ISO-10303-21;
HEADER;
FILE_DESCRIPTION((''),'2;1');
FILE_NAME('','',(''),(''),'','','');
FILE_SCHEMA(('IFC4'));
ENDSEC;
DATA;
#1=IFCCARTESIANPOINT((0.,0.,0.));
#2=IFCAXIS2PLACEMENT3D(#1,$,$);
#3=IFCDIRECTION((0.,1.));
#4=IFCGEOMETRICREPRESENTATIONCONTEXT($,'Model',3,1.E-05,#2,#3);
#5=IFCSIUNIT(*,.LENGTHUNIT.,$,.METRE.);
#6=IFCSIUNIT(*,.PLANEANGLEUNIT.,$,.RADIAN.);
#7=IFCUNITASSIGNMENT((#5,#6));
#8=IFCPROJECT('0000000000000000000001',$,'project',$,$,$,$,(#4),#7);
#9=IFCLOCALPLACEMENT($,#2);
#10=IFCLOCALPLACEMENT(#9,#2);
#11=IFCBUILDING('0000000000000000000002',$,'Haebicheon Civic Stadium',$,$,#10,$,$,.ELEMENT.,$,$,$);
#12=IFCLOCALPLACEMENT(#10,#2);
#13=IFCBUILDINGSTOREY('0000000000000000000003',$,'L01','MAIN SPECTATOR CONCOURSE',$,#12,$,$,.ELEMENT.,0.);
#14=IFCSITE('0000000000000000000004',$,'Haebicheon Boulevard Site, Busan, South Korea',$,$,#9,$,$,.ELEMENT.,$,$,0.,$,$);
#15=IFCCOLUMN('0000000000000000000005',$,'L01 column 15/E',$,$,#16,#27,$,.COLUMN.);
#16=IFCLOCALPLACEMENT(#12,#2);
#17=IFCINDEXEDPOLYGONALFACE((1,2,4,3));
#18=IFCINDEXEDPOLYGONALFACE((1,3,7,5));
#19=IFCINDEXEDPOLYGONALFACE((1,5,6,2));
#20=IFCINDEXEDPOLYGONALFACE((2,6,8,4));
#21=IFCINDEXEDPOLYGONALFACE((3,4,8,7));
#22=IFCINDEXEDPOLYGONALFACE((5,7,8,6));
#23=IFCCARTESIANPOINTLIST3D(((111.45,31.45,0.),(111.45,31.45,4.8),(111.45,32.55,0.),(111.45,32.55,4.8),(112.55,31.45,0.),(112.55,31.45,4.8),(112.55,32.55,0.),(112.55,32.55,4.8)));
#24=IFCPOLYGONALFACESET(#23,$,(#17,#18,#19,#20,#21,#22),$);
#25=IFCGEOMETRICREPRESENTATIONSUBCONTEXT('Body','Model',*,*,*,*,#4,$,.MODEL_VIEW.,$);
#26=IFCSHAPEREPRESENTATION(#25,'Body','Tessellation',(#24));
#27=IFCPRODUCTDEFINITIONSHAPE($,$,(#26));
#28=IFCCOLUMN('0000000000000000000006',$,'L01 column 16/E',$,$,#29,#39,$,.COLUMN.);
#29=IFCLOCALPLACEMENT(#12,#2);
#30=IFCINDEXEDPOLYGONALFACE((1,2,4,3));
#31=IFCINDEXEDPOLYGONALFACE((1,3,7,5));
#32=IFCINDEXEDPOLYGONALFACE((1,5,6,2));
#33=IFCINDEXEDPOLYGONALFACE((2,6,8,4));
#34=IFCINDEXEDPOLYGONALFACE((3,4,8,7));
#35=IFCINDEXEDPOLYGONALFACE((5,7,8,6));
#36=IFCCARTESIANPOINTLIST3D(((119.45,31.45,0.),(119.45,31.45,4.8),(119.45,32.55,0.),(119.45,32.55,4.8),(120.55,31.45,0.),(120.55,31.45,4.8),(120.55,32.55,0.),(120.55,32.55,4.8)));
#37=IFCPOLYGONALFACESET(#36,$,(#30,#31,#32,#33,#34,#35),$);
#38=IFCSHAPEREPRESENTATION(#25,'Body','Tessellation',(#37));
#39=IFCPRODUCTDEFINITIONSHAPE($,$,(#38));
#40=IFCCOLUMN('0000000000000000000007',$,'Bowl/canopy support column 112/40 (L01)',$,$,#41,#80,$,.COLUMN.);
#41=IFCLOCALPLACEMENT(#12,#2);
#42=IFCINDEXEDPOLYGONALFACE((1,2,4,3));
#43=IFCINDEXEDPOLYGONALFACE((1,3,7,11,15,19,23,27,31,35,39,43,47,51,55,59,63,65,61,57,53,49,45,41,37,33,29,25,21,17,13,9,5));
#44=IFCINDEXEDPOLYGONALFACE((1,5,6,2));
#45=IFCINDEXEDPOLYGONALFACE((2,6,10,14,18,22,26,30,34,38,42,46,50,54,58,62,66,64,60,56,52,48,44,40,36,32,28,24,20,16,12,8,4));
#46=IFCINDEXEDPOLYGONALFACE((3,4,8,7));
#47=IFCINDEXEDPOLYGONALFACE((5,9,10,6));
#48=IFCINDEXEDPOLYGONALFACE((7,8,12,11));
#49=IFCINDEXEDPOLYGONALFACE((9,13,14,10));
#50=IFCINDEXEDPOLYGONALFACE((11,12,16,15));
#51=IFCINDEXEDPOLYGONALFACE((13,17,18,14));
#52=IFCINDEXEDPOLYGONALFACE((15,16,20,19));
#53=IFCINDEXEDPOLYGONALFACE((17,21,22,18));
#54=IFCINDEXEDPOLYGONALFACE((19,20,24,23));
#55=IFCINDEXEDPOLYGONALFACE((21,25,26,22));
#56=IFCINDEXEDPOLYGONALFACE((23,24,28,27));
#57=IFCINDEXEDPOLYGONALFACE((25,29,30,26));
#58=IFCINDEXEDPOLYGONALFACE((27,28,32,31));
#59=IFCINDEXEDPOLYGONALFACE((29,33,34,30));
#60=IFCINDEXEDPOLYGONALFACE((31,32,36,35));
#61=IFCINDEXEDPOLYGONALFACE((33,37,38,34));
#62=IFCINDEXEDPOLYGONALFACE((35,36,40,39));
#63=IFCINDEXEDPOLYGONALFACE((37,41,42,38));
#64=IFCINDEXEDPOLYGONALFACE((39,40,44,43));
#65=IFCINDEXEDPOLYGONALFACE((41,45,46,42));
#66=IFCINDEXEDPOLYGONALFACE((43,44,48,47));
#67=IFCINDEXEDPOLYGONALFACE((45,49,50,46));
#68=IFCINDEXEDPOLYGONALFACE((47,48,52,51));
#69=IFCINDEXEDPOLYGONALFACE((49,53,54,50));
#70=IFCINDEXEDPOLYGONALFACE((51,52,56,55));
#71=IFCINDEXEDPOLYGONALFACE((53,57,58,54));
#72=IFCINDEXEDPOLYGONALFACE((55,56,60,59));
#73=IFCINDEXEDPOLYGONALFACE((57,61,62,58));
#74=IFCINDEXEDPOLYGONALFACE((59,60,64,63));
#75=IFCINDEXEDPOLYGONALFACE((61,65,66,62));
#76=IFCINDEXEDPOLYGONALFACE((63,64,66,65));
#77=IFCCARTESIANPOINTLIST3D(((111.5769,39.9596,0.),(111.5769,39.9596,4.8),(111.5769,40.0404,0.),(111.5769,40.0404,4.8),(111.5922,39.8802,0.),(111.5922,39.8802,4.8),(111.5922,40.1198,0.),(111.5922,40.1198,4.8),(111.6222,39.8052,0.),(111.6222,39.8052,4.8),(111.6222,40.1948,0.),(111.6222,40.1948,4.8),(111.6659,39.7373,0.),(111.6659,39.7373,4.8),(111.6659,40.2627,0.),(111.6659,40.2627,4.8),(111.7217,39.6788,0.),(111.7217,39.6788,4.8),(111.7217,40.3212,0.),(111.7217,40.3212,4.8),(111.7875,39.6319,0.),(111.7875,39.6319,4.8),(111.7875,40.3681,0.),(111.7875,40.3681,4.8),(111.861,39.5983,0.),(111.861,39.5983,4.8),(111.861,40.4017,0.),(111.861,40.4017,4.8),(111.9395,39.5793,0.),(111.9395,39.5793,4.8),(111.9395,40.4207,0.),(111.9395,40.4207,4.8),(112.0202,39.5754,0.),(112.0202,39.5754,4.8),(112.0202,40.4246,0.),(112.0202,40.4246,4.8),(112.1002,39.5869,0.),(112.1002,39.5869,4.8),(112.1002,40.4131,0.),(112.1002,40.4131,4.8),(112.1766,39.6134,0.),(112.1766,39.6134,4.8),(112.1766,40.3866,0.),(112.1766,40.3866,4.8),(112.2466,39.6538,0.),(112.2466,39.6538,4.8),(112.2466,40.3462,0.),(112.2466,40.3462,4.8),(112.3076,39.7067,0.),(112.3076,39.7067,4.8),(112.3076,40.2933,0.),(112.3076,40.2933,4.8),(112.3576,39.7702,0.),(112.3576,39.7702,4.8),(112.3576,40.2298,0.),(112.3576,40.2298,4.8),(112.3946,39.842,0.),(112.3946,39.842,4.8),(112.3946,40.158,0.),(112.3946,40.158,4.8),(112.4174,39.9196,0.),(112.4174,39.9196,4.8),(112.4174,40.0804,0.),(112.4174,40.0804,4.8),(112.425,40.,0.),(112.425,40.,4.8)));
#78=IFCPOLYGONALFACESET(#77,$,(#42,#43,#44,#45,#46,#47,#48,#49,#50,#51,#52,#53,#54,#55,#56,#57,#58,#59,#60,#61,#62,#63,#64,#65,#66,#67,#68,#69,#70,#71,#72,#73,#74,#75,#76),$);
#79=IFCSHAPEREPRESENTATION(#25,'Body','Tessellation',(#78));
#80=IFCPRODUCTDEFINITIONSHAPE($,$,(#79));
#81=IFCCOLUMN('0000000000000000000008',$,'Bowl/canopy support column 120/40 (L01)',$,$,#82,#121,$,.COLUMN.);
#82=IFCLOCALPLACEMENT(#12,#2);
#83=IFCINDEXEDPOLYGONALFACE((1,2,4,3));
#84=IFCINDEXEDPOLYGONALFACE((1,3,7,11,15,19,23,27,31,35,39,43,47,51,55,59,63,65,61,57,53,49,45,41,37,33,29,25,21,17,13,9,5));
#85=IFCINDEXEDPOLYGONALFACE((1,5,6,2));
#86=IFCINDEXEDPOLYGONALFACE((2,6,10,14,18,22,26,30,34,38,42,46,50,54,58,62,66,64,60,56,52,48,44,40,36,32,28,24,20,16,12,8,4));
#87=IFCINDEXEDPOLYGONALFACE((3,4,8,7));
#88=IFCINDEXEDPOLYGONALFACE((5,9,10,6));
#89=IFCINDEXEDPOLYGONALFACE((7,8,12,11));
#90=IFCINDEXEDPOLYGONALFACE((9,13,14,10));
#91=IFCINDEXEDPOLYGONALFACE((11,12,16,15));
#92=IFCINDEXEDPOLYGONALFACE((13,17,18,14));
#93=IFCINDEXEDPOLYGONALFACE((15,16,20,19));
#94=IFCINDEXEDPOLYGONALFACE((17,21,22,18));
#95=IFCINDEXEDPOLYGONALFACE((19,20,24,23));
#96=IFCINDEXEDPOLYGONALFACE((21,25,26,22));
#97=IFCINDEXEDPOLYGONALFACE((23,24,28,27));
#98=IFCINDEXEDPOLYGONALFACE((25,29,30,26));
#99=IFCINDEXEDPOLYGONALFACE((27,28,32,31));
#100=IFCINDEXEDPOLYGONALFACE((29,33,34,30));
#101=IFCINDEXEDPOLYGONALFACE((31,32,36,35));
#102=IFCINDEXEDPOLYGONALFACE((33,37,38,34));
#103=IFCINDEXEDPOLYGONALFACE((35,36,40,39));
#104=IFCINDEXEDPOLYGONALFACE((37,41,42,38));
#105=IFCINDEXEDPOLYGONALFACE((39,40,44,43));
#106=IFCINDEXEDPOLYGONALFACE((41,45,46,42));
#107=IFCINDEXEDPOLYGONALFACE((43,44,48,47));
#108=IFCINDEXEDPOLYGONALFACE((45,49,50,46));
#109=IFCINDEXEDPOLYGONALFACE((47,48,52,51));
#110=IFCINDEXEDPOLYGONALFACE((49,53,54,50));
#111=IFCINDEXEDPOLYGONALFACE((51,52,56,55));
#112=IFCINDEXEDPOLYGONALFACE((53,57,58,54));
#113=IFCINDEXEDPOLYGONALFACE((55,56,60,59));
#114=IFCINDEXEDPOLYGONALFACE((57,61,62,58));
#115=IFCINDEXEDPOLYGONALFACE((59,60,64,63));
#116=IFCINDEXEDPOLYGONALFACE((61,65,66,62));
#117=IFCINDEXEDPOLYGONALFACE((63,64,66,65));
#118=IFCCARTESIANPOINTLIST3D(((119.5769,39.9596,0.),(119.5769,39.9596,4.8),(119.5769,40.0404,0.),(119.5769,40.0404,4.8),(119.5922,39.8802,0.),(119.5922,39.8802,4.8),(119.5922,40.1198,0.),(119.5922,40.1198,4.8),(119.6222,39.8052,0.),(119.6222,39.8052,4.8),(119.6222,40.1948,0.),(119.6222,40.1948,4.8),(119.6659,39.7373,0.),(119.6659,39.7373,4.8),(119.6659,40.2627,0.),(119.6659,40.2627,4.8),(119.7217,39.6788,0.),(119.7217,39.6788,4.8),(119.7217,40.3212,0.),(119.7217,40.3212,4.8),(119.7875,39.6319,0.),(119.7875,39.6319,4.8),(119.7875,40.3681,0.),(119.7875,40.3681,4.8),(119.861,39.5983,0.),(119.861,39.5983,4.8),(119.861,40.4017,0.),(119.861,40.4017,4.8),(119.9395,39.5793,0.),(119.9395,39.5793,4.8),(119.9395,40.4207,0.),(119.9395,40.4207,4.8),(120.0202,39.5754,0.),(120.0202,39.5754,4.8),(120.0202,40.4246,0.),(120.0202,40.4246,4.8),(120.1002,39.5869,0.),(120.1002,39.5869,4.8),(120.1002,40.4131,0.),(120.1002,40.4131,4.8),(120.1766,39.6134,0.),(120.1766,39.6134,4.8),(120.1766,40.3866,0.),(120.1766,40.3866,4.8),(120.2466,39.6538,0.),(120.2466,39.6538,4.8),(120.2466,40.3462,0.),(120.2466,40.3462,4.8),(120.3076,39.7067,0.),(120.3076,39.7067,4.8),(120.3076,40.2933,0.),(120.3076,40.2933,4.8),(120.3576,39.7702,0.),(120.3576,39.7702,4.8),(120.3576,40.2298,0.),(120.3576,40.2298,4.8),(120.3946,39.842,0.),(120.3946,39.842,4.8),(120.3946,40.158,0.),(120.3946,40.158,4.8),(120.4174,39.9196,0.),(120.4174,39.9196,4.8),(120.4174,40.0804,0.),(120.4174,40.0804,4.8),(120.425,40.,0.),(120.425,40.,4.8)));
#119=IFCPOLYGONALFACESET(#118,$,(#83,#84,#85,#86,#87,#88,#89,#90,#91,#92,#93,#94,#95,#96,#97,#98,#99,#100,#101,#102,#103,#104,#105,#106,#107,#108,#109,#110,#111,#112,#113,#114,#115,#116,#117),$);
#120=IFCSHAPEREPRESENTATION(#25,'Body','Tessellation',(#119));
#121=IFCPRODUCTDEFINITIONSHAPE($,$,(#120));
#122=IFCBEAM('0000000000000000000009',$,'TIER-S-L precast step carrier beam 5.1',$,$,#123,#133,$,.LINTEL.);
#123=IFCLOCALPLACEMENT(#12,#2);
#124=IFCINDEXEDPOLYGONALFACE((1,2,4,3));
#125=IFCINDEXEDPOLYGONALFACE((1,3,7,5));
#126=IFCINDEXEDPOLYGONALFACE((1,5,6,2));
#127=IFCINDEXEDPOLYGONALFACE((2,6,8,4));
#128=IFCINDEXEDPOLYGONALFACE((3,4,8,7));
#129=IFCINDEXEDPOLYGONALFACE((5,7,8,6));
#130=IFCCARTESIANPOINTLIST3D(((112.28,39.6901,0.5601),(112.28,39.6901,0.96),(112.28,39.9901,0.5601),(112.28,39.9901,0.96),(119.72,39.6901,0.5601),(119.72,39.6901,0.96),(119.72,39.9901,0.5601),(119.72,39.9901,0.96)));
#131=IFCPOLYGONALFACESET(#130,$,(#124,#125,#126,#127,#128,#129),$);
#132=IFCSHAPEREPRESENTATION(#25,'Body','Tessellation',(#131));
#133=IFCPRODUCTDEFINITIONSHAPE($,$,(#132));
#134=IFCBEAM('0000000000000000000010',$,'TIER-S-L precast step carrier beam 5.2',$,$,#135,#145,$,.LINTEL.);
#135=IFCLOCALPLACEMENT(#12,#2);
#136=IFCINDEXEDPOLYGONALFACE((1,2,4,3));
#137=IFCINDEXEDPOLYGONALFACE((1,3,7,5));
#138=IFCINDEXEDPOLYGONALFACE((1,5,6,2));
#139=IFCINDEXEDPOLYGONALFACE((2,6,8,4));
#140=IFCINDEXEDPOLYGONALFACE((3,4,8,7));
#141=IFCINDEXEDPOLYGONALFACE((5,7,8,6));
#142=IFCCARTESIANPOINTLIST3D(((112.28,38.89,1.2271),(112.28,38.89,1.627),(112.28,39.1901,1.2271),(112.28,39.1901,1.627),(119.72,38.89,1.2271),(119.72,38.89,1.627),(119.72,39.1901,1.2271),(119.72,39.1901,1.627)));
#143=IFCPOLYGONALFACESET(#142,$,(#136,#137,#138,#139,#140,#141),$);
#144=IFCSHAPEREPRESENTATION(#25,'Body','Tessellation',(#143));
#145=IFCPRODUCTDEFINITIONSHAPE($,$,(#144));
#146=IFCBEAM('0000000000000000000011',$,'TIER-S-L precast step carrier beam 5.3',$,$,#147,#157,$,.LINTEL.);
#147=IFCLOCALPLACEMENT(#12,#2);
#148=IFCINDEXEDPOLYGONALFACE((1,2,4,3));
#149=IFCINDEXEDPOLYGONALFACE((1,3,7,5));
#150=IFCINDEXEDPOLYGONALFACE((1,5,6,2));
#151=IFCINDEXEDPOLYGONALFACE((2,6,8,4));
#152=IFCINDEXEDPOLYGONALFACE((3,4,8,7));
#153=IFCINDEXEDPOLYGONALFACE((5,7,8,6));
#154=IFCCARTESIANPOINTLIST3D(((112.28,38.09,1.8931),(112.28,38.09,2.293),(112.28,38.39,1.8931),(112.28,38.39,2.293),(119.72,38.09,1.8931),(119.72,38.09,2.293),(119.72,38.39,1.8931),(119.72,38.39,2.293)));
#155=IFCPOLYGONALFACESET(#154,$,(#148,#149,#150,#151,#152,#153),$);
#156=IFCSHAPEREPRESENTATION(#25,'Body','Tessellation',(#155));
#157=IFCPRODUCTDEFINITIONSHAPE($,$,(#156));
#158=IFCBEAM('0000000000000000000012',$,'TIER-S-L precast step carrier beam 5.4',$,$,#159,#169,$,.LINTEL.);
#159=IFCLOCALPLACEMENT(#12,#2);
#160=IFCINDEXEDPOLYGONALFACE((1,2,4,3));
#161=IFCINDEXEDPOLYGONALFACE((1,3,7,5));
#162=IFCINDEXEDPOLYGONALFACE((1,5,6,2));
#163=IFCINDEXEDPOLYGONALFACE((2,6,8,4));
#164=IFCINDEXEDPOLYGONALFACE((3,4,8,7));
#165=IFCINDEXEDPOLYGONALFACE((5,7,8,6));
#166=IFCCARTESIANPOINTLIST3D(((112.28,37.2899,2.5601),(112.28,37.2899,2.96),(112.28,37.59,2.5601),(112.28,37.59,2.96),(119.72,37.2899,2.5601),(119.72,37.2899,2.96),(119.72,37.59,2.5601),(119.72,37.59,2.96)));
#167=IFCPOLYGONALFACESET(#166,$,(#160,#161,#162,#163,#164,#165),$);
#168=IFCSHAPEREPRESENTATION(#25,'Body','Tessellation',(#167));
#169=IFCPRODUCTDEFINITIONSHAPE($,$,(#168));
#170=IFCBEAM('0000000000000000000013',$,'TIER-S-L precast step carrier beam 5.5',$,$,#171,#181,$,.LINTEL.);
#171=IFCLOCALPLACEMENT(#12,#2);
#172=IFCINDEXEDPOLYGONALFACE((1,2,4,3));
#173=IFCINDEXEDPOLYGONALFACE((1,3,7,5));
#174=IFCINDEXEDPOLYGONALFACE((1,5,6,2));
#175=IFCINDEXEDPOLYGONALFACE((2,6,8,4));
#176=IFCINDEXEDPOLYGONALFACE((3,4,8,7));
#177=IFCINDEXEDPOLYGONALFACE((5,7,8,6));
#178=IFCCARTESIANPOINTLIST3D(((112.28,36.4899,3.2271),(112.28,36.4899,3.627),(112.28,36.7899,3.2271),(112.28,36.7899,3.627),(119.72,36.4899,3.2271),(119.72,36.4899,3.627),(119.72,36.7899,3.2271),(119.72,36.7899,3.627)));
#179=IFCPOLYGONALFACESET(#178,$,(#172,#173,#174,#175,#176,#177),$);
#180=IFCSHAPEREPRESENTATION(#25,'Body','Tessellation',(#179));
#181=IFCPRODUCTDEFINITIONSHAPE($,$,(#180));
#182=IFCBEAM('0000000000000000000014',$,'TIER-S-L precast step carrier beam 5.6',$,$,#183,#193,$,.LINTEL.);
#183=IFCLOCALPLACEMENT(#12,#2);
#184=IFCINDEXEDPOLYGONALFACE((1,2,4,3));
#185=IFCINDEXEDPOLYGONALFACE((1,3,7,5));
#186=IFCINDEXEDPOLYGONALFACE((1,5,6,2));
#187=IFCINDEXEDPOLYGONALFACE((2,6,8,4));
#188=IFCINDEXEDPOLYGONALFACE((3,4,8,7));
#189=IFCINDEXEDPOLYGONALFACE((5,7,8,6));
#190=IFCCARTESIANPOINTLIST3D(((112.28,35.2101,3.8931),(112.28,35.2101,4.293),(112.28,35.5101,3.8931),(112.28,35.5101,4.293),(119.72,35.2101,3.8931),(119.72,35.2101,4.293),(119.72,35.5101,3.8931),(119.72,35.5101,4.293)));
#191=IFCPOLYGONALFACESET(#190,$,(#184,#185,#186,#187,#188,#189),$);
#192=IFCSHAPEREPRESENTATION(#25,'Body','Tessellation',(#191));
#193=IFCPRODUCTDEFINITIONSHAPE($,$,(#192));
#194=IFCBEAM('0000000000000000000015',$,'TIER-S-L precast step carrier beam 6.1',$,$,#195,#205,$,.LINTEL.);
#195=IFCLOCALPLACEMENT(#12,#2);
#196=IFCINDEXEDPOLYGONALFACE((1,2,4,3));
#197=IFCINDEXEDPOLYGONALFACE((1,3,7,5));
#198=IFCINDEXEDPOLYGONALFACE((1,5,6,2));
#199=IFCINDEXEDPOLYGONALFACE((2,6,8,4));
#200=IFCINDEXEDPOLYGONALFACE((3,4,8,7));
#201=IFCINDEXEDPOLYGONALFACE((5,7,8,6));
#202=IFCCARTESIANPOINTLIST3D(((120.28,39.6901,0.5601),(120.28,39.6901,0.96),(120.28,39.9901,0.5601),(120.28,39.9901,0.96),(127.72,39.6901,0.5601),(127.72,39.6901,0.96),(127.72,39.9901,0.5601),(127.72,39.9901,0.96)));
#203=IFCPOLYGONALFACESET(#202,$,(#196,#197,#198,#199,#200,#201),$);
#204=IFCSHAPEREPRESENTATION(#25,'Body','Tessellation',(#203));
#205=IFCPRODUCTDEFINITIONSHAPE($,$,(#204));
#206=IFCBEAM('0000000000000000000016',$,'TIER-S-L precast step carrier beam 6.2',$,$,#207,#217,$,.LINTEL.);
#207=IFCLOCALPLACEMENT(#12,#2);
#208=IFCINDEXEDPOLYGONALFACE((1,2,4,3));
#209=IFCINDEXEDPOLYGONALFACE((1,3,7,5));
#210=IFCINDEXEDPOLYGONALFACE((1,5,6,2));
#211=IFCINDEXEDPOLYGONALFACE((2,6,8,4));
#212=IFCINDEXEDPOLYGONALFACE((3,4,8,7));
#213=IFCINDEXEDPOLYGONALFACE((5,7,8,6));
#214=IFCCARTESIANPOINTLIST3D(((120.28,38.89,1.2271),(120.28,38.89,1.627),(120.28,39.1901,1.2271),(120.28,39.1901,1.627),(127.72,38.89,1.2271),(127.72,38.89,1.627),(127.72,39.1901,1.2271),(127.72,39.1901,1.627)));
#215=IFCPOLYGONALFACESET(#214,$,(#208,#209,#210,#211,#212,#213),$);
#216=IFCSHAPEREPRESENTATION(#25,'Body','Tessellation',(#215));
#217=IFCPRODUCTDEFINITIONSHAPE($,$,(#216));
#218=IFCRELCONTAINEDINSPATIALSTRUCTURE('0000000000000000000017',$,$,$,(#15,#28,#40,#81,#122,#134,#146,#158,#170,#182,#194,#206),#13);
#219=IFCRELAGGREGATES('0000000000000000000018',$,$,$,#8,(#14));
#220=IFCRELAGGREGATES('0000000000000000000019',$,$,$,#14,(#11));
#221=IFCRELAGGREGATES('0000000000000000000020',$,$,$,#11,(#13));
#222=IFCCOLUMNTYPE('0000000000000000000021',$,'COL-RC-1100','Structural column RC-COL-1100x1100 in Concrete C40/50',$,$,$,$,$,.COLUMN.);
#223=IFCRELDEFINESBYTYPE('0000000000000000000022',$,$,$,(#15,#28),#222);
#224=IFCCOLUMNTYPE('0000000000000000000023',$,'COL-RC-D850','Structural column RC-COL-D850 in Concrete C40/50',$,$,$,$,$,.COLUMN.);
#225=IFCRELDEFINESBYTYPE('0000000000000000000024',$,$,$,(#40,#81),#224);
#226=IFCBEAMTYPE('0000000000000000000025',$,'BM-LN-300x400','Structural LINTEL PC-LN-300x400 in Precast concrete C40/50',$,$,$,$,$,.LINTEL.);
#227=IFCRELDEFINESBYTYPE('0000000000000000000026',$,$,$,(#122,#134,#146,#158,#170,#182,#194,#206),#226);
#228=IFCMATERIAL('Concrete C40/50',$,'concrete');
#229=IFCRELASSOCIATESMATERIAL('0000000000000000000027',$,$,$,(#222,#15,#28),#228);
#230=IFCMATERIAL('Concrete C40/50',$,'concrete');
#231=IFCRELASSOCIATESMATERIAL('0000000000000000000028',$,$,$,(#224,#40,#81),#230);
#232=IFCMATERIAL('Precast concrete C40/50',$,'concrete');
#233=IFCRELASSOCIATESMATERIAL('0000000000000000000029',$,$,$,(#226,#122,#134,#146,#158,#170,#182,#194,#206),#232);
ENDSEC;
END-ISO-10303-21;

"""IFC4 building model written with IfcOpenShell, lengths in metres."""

from ifc_helpers import new_model, si_unit, direction, frame, origin, origin_2d, place, context, subcontext, project, spatial, rectangle, circle, extrude, material, material_profile, profile_set, type_object, element, save


model = new_model("IFC4")

# Units and contexts
model_context = context("Model", 3, precision=1e-05, world=origin(), true_north=direction((0.0, 1.0)))
body_context = subcontext(model_context, "Body", "Model", "MODEL_VIEW")
ifc_project = project(units=[si_unit("LENGTHUNIT", "METRE"), si_unit("PLANEANGLEUNIT", "RADIAN")], contexts=[model_context])

# Site, building, storey
site_placement = place(None, origin())
site = spatial("IfcSite", under=ifc_project, at=site_placement, Name="Haebicheon Boulevard Site, Busan, South Korea", CompositionType="ELEMENT", RefElevation=0.0)
building_placement = place(site_placement, origin())
building = spatial("IfcBuilding", under=site, at=building_placement, Name="Haebicheon Civic Stadium", CompositionType="ELEMENT")
storey_placement = place(building_placement, origin())
storey = spatial("IfcBuildingStorey", under=building, at=storey_placement, Name="L01", Description="MAIN SPECTATOR CONCOURSE", CompositionType="ELEMENT", Elevation=0.0)

# Columns
ifc_material_1 = material(Name="Concrete C40/50", Category="concrete")
ifc_material_profile_1 = material_profile(ifc_material_1, rectangle(XDim=1.1001, YDim=1.1001, at=origin_2d()), Name="RC-COL-1100x1100")
ifc_profile_set_1 = profile_set([ifc_material_profile_1], Name="Concrete C40/50")
column_type_1 = type_object("IfcColumnType", Name="COL-RC-1100", Description="Structural column RC-COL-1100x1100 in Concrete C40/50", PredefinedType="COLUMN", material=ifc_profile_set_1)
for number, where, z_axis, x_axis, name in (
    (1, (112.0, 32.0, 0.0), (0.0, 0.0, 1.0), (1.0, 0.0, 0.0), "L01 column 15/E"),
    (2, (120.0, 32.0, 0.0), (0.0, 0.0, 1.0), (1.0, 0.0, 0.0), "L01 column 16/E"),
):
    element("IfcColumn", number, at=place(storey_placement, frame(where, z_axis=z_axis, x_axis=x_axis)), inside=storey, type_object=column_type_1, material=ifc_profile_set_1, Name=name, PredefinedType="COLUMN", context=body_context, shape_type="SweptSolid", body=[
        extrude(rectangle(XDim=1.1001, YDim=1.1001, at=origin_2d()), origin(), (0.0, 0.0, 1.0), 4.8),
    ])
ifc_material_2 = material(Name="Concrete C40/50", Category="concrete")
ifc_material_profile_2 = material_profile(ifc_material_2, circle(Radius=0.425, at=origin_2d()), Name="RC-COL-D850")
ifc_profile_set_2 = profile_set([ifc_material_profile_2], Name="Concrete C40/50")
column_type_2 = type_object("IfcColumnType", Name="COL-RC-D850", Description="Structural column RC-COL-D850 in Concrete C40/50", PredefinedType="COLUMN", material=ifc_profile_set_2)
for number, where, z_axis, x_axis, name in (
    (3, (112.0, 40.0, 0.0), (0.0, 0.0, 1.0), (1.0, 0.0, 0.0), "Bowl/canopy support column 112/40 (L01)"),
    (4, (120.0, 40.0, 0.0), (0.0, 0.0, 1.0), (1.0, 0.0, 0.0), "Bowl/canopy support column 120/40 (L01)"),
):
    element("IfcColumn", number, at=place(storey_placement, frame(where, z_axis=z_axis, x_axis=x_axis)), inside=storey, type_object=column_type_2, material=ifc_profile_set_2, Name=name, PredefinedType="COLUMN", context=body_context, shape_type="SweptSolid", body=[
        extrude(circle(Radius=0.425, at=origin_2d()), origin(), (0.0, 0.0, 1.0), 4.8),
    ])

# Beams
ifc_material_3 = material(Name="Precast concrete C40/50", Category="concrete")
ifc_material_profile_3 = material_profile(ifc_material_3, rectangle(XDim=0.3, YDim=0.3999, at=origin_2d()), Name="PC-LN-300x400")
ifc_profile_set_3 = profile_set([ifc_material_profile_3], Name="Precast concrete C40/50")
beam_type_1 = type_object("IfcBeamType", Name="BM-LN-300x400", Description="Structural LINTEL PC-LN-300x400 in Precast concrete C40/50", PredefinedType="LINTEL", material=ifc_profile_set_3)
for number, where, z_axis, x_axis, name in (
    (5, (112.28, 39.8401, 0.76), (1.0, 0.0, 0.0), (0.0, 1.0, 0.0), "TIER-S-L precast step carrier beam 5.1"),
    (6, (112.28, 39.04, 1.427), (1.0, 0.0, 0.0), (0.0, 1.0, 0.0), "TIER-S-L precast step carrier beam 5.2"),
    (7, (112.28, 38.24, 2.093), (1.0, 0.0, 0.0), (0.0, 1.0, 0.0), "TIER-S-L precast step carrier beam 5.3"),
    (8, (112.28, 37.4399, 2.76), (1.0, 0.0, 0.0), (0.0, 1.0, 0.0), "TIER-S-L precast step carrier beam 5.4"),
    (9, (112.28, 36.6399, 3.427), (1.0, 0.0, 0.0), (0.0, 1.0, 0.0), "TIER-S-L precast step carrier beam 5.5"),
    (10, (112.28, 35.3601, 4.093), (1.0, 0.0, 0.0), (0.0, 1.0, 0.0), "TIER-S-L precast step carrier beam 5.6"),
    (11, (120.28, 39.8401, 0.76), (1.0, 0.0, 0.0), (0.0, 1.0, 0.0), "TIER-S-L precast step carrier beam 6.1"),
    (12, (120.28, 39.04, 1.427), (1.0, 0.0, 0.0), (0.0, 1.0, 0.0), "TIER-S-L precast step carrier beam 6.2"),
):
    element("IfcBeam", number, at=place(storey_placement, frame(where, z_axis=z_axis, x_axis=x_axis)), inside=storey, type_object=beam_type_1, material=ifc_profile_set_3, Name=name, PredefinedType="LINTEL", context=body_context, shape_type="SweptSolid", body=[
        extrude(rectangle(XDim=0.3, YDim=0.3999, at=origin_2d()), origin(), (0.0, 0.0, 1.0), 7.4399),
    ])

save(model, "model.ifc")
